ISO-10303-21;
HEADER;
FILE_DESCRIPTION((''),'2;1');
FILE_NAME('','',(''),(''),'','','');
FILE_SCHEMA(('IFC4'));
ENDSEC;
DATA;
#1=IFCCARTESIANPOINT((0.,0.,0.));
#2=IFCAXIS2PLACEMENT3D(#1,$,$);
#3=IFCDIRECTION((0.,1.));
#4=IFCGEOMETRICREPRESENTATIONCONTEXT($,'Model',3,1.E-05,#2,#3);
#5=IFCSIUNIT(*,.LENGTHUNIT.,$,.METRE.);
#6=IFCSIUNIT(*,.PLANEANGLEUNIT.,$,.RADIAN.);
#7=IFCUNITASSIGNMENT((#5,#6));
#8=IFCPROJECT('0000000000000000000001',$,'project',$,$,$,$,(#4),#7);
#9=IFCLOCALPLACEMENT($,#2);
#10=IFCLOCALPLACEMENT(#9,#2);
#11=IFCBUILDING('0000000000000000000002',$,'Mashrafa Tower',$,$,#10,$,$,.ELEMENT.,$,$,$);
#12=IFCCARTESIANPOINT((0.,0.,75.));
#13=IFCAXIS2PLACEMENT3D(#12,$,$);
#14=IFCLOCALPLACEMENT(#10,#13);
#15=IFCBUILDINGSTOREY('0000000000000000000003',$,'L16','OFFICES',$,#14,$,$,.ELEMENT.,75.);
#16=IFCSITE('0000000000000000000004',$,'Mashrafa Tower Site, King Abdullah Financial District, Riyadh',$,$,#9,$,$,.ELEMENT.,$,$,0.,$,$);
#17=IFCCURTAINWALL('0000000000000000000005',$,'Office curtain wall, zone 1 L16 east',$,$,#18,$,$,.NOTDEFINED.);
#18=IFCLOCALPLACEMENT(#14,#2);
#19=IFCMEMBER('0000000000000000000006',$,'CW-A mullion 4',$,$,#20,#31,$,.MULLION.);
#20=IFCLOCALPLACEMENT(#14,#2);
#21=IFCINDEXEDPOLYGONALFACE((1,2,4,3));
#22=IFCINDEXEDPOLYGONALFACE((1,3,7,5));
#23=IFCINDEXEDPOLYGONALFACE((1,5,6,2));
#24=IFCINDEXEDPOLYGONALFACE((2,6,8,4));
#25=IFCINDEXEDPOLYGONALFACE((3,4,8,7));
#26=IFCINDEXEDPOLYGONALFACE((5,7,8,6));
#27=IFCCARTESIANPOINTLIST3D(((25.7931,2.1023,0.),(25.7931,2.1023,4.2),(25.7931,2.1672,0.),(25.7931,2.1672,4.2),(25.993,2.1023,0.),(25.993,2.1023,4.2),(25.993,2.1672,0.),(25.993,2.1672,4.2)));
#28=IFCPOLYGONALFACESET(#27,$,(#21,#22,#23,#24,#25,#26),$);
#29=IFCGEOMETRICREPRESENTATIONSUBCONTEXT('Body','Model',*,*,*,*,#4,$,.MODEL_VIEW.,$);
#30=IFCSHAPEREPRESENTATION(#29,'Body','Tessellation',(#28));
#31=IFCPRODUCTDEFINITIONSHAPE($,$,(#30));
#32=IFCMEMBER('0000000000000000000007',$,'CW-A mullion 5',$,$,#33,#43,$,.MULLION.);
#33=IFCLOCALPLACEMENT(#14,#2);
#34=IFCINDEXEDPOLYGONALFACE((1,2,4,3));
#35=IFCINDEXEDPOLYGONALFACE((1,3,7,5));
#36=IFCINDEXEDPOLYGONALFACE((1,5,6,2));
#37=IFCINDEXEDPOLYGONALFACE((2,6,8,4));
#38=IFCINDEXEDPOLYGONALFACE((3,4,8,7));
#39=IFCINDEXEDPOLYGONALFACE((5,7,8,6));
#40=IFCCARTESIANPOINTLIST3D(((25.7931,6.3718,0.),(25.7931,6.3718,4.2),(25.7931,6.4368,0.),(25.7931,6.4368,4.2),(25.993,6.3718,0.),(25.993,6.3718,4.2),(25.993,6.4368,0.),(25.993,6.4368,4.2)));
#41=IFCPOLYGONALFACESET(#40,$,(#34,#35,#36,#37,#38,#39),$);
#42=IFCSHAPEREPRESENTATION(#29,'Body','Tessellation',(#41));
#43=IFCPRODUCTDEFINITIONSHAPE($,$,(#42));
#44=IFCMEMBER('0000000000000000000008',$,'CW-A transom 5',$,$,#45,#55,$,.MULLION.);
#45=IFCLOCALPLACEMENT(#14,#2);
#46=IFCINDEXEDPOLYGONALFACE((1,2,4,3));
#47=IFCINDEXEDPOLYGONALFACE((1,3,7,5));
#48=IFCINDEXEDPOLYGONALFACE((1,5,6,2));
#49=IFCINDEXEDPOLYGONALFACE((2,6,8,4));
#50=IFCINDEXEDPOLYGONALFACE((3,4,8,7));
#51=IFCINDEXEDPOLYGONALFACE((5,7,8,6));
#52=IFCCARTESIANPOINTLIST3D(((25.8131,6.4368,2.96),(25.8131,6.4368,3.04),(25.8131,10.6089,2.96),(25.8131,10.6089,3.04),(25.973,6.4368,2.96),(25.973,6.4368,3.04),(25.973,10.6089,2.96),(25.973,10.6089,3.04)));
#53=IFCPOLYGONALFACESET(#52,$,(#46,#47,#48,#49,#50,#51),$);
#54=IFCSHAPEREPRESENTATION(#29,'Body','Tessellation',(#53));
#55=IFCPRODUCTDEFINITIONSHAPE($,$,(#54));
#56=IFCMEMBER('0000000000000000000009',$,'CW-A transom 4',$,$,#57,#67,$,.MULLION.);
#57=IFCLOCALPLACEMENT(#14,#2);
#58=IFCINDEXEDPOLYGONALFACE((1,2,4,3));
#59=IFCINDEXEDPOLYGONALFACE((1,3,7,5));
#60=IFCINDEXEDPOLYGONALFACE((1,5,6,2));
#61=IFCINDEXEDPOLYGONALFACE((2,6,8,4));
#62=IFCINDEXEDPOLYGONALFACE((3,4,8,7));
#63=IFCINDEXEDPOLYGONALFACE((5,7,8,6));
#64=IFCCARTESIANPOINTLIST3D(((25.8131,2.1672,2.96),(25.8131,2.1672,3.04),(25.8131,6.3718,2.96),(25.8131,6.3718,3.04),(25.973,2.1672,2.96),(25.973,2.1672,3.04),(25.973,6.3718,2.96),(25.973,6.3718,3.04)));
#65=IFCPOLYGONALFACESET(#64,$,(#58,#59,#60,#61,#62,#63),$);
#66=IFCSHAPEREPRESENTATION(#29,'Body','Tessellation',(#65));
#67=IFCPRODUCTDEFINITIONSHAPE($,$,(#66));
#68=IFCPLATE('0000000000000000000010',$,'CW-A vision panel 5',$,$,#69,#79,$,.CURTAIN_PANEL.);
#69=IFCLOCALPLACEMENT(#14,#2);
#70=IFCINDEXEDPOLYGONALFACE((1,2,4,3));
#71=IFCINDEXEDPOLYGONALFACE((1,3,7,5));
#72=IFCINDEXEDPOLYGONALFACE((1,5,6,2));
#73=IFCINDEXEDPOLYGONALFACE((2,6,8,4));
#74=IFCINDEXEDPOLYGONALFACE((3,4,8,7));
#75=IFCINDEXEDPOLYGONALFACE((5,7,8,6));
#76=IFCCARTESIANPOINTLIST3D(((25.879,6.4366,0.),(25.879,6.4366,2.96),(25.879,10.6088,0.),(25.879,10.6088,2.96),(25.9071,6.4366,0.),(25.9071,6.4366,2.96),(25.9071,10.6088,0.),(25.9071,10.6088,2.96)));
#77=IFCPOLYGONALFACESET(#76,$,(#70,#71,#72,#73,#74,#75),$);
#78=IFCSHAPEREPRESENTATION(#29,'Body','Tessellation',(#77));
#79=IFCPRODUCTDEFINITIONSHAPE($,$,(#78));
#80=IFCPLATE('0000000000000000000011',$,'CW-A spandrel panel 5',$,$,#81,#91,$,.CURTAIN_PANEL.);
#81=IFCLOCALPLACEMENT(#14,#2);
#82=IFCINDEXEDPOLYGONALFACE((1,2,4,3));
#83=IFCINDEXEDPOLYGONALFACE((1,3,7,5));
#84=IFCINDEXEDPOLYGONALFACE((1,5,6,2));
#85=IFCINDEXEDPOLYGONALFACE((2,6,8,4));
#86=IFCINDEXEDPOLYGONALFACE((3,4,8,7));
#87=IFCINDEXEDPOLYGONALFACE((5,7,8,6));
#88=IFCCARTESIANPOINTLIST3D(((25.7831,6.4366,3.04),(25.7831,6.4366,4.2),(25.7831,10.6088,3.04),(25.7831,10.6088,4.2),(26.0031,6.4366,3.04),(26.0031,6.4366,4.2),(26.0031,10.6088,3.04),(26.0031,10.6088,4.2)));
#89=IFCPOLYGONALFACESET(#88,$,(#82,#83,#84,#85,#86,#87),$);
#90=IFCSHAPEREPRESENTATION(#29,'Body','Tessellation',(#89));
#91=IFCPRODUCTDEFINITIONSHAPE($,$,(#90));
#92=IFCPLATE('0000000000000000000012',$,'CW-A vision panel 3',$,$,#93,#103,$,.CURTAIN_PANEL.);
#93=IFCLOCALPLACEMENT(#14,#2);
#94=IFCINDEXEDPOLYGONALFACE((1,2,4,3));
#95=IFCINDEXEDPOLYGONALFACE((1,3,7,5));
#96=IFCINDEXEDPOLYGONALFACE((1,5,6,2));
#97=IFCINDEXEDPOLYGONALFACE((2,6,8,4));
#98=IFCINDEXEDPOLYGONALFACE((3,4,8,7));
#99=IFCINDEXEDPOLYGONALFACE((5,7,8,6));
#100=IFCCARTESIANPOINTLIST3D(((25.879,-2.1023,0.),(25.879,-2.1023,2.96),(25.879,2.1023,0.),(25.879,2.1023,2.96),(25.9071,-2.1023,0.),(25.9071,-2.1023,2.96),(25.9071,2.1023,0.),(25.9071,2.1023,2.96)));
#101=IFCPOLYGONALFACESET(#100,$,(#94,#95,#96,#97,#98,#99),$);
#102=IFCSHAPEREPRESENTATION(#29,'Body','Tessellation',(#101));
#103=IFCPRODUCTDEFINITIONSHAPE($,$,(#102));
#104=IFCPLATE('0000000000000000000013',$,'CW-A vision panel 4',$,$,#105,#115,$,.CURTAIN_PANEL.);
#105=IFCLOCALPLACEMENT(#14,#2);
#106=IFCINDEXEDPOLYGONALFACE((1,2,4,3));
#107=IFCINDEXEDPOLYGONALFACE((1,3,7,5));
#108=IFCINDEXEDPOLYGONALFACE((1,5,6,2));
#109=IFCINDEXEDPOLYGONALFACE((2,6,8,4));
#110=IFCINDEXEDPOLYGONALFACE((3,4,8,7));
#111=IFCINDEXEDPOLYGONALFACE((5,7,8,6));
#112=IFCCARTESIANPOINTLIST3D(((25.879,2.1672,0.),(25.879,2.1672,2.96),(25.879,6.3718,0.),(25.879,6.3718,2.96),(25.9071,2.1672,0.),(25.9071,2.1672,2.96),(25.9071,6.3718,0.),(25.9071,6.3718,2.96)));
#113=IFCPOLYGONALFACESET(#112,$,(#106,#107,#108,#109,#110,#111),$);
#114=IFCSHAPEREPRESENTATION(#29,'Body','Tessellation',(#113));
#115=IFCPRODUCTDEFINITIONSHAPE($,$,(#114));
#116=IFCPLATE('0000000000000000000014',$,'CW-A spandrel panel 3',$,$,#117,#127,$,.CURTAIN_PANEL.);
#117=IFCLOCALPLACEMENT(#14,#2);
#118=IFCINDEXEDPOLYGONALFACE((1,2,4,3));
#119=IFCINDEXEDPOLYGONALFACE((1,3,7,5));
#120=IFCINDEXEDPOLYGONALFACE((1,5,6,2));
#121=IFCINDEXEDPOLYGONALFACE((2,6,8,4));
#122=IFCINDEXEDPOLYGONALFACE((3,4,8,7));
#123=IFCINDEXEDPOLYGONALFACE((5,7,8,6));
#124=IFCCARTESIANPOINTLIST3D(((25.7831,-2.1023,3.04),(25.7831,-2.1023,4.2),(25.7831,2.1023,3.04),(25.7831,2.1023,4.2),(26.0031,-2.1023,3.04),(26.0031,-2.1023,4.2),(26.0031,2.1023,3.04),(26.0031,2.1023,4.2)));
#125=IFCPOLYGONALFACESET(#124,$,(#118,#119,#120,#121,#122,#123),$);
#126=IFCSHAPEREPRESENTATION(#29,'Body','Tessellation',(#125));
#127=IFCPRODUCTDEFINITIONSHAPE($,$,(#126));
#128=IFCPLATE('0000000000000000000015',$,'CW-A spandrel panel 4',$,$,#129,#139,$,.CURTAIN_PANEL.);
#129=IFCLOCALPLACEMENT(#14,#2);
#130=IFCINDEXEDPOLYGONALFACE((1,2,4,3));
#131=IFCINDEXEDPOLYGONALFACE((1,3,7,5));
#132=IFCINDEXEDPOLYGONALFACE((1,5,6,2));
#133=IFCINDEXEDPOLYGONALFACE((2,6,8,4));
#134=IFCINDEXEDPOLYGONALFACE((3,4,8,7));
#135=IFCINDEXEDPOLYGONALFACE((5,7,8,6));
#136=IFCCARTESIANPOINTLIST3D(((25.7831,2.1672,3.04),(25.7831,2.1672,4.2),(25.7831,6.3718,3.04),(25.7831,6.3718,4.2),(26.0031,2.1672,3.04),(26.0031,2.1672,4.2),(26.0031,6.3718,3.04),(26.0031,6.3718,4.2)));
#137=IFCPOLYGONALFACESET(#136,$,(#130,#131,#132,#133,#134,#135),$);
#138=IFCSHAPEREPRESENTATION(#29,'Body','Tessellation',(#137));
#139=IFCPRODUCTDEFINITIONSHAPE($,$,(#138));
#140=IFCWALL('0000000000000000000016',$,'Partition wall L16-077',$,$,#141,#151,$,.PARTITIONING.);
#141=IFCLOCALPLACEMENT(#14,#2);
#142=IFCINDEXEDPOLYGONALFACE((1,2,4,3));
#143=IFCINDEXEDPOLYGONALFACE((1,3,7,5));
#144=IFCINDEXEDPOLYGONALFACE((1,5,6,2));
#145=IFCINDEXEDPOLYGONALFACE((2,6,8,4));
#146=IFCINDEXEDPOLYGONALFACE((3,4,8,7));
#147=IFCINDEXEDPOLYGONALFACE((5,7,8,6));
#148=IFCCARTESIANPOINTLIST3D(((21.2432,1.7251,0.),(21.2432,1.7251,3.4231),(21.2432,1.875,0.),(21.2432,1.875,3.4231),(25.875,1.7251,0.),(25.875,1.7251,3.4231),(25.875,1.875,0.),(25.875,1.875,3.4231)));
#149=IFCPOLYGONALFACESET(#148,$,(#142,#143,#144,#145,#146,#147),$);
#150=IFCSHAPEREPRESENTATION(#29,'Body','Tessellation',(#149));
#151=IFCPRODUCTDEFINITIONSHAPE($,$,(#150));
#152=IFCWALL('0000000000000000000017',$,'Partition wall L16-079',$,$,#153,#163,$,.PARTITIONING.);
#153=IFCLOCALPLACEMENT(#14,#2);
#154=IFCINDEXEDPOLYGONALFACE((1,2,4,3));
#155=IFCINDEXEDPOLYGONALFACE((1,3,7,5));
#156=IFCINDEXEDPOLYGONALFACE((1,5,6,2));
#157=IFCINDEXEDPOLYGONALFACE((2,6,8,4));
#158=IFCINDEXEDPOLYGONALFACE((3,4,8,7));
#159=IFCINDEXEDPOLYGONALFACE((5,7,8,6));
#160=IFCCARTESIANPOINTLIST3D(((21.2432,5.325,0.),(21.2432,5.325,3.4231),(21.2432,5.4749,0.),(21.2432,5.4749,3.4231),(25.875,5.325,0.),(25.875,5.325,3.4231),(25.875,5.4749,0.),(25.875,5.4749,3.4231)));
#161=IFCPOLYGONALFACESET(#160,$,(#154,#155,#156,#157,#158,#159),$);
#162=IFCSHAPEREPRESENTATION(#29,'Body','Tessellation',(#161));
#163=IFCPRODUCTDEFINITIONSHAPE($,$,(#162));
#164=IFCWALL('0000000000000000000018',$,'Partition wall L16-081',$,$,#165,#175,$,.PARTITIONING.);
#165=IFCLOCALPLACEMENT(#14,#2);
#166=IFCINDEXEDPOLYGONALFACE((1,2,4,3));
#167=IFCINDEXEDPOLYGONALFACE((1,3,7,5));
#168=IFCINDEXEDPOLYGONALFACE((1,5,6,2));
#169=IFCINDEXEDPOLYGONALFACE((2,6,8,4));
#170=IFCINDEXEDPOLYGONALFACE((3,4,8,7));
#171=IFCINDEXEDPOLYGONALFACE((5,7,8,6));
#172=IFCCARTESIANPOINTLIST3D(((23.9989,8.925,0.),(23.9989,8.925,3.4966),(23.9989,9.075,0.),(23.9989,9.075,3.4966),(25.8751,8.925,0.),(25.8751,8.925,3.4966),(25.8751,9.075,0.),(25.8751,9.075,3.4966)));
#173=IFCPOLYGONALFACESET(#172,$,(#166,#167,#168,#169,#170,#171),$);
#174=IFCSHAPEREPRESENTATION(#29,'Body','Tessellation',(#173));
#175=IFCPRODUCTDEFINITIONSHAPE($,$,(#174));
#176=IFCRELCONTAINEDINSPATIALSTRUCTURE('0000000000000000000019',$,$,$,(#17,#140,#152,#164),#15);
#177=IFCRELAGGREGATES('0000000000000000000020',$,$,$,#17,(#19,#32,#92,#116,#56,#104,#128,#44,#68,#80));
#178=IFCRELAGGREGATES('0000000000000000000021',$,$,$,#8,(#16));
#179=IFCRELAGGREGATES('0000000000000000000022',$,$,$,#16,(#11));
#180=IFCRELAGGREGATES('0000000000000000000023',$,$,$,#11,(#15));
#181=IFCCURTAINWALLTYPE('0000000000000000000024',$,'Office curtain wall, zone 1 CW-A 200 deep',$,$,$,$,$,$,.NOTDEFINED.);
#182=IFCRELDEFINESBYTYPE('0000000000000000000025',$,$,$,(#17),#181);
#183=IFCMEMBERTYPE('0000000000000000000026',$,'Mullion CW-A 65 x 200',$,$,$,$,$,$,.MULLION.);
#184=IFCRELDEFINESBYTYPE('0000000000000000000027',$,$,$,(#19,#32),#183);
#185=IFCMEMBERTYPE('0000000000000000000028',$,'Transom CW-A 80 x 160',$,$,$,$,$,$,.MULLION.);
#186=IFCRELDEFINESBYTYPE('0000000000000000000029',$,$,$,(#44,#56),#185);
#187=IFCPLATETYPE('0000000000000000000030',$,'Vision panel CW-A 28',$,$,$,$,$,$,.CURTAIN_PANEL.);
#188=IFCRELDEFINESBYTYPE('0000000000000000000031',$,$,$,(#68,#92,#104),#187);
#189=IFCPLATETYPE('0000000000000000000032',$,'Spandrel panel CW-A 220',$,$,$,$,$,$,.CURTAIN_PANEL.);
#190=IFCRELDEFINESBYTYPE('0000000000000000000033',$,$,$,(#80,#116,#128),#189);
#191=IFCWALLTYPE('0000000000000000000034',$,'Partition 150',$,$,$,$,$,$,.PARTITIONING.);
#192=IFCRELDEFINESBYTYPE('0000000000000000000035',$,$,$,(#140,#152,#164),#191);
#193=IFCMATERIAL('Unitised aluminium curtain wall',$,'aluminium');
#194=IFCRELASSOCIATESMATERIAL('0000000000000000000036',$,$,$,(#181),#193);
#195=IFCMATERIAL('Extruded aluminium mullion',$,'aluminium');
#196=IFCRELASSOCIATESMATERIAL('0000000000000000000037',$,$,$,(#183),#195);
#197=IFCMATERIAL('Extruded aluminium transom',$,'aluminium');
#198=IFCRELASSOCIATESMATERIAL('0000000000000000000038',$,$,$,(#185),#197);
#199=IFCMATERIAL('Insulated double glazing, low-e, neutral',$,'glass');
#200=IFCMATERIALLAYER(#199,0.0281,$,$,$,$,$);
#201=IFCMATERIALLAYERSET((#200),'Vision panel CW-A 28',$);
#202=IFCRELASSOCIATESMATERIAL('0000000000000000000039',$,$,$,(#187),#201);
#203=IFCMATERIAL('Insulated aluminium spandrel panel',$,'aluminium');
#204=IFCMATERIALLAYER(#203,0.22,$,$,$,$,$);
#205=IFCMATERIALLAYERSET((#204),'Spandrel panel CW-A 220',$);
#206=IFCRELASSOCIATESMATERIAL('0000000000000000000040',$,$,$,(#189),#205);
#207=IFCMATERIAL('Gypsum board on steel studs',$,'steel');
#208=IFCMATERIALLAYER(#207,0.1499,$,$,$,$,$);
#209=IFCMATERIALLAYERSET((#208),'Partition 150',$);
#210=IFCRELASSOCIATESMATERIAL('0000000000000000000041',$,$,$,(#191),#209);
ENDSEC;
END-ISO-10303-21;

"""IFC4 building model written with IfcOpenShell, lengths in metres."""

from ifc_helpers import new_model, si_unit, direction, frame, frame_2d, origin, origin_2d, place, context, subcontext, project, spatial, rectangle, extrude, source, transform, mapped, material, layer, layer_set, material_profile, profile_set, type_object, type_shapes, element, aggregate, save


model = new_model("IFC4")

# Units and contexts
model_context = context("Model", 3, precision=1e-05, world=origin(), true_north=direction((0.0, 1.0)))
body_context = subcontext(model_context, "Body", "Model", "MODEL_VIEW")
ifc_project = project(units=[si_unit("LENGTHUNIT", "METRE"), si_unit("PLANEANGLEUNIT", "RADIAN")], contexts=[model_context])

# Site, building, storey
site_placement = place(None, origin())
site = spatial("IfcSite", under=ifc_project, at=site_placement, Name="Mashrafa Tower Site, King Abdullah Financial District, Riyadh", CompositionType="ELEMENT", RefElevation=0.0)
building_placement = place(site_placement, origin())
building = spatial("IfcBuilding", under=site, at=building_placement, Name="Mashrafa Tower", CompositionType="ELEMENT")
storey_placement = place(building_placement, frame((0.0, 0.0, 75.0)))
storey = spatial("IfcBuildingStorey", under=building, at=storey_placement, Name="L16", Description="OFFICES", CompositionType="ELEMENT", Elevation=75.0)

# Curtain wall, members, plates
ifc_material_1 = material(Name="Unitised aluminium curtain wall", Category="aluminium")
curtain_wall_type = type_object("IfcCurtainWallType", Name="Office curtain wall, zone 1 CW-A 200 deep", PredefinedType="NOTDEFINED", material=ifc_material_1)
curtain_wall_placement = place(storey_placement, origin())
curtain_wall = element("IfcCurtainWall", 1, at=curtain_wall_placement, inside=storey, type_object=curtain_wall_type, Name="Office curtain wall, zone 1 L16 east", PredefinedType="NOTDEFINED")
ifc_material_2 = material(Name="Extruded aluminium mullion", Category="aluminium")
ifc_material_profile_1 = material_profile(ifc_material_2, rectangle(XDim=0.2, YDim=0.0649, at=origin_2d()), Name="Mullion 65x200")
ifc_profile_set_1 = profile_set([ifc_material_profile_1], Name="Extruded aluminium mullion")
member_type_1 = type_object("IfcMemberType", Name="Mullion CW-A 65 x 200", PredefinedType="MULLION", material=ifc_profile_set_1)
shared_shape_1 = source(origin(), body_context, "Body", "SweptSolid", [
    extrude(rectangle(XDim=0.2, YDim=0.0649, at=origin_2d()), origin(), (0.0, 0.0, 1.0), 4.2),
])
type_shapes(member_type_1, [shared_shape_1])
member_1_placement = place(storey_placement, frame((25.8931, 2.1348, 0.0), z_axis=(0.0, 0.0, 1.0), x_axis=(-1.0, 0.0, 0.0)))
member_1 = element("IfcMember", 2, at=member_1_placement, type_object=member_type_1, Name="CW-A mullion 4", PredefinedType="MULLION", context=body_context, shape_type="MappedRepresentation", body=[
    mapped(shared_shape_1, transform((0.0, 0.0, 0.0))),
])
member_2_placement = place(storey_placement, frame((25.8931, 6.4043, 0.0), z_axis=(0.0, 0.0, 1.0), x_axis=(-1.0, 0.0, 0.0)))
member_2 = element("IfcMember", 3, at=member_2_placement, type_object=member_type_1, Name="CW-A mullion 5", PredefinedType="MULLION", context=body_context, shape_type="MappedRepresentation", body=[
    mapped(shared_shape_1, transform((0.0, 0.0, 0.0))),
])
ifc_material_3 = material(Name="Extruded aluminium transom", Category="aluminium")
ifc_material_profile_2 = material_profile(ifc_material_3, rectangle(XDim=0.1599, YDim=0.0801, at=origin_2d()), Name="Transom 80x160")
ifc_profile_set_2 = profile_set([ifc_material_profile_2], Name="Extruded aluminium transom")
member_type_2 = type_object("IfcMemberType", Name="Transom CW-A 80 x 160", PredefinedType="MULLION", material=ifc_profile_set_2)
shared_shape_2 = source(origin(), body_context, "Body", "SweptSolid", [
    extrude(rectangle(XDim=0.1599, YDim=0.0801, at=origin_2d()), origin(), (0.0, 0.0, 1.0), 4.1721),
])
member_3_placement = place(storey_placement, frame((25.8931, 6.4368, 3.0), z_axis=(0.0, 1.0, 0.0), x_axis=(-1.0, 0.0, 0.0)))
member_3 = element("IfcMember", 4, at=member_3_placement, type_object=member_type_2, Name="CW-A transom 5", PredefinedType="MULLION", context=body_context, shape_type="MappedRepresentation", body=[
    mapped(shared_shape_2, transform((0.0, 0.0, 0.0))),
])
shared_shape_3 = source(origin(), body_context, "Body", "SweptSolid", [
    extrude(rectangle(XDim=0.1599, YDim=0.0801, at=origin_2d()), origin(), (0.0, 0.0, 1.0), 4.2046),
])
type_shapes(member_type_2, [shared_shape_2, shared_shape_3])
member_4_placement = place(storey_placement, frame((25.8931, 2.1672, 3.0), z_axis=(0.0, 1.0, 0.0), x_axis=(-1.0, 0.0, 0.0)))
member_4 = element("IfcMember", 5, at=member_4_placement, type_object=member_type_2, Name="CW-A transom 4", PredefinedType="MULLION", context=body_context, shape_type="MappedRepresentation", body=[
    mapped(shared_shape_3, transform((0.0, 0.0, 0.0))),
])
ifc_material_4 = material(Name="Insulated double glazing, low-e, neutral", Category="glass")
ifc_layer_1 = layer(ifc_material_4, 0.0281)
ifc_layer_set_1 = layer_set([ifc_layer_1], Name="Vision panel CW-A 28")
plate_type_1 = type_object("IfcPlateType", Name="Vision panel CW-A 28", PredefinedType="CURTAIN_PANEL", material=ifc_layer_set_1)
shared_shape_4 = source(origin(), body_context, "Body", "SweptSolid", [
    extrude(rectangle(XDim=4.1721, YDim=0.0281, at=origin_2d()), origin(), (0.0, 0.0, 1.0), 2.96),
])
plate_1_placement = place(storey_placement, frame((25.8931, 8.5227, 0.0), z_axis=(0.0, 0.0, 1.0), x_axis=(0.0, 1.0, 0.0)))
plate_1 = element("IfcPlate", 6, at=plate_1_placement, type_object=plate_type_1, Name="CW-A vision panel 5", PredefinedType="CURTAIN_PANEL", context=body_context, shape_type="MappedRepresentation", body=[
    mapped(shared_shape_4, transform((0.0, 0.0, 0.0))),
])
ifc_material_5 = material(Name="Insulated aluminium spandrel panel", Category="aluminium")
ifc_layer_2 = layer(ifc_material_5, 0.22)
ifc_layer_set_2 = layer_set([ifc_layer_2], Name="Spandrel panel CW-A 220")
plate_type_2 = type_object("IfcPlateType", Name="Spandrel panel CW-A 220", PredefinedType="CURTAIN_PANEL", material=ifc_layer_set_2)
shared_shape_5 = source(origin(), body_context, "Body", "SweptSolid", [
    extrude(rectangle(XDim=4.1721, YDim=0.22, at=origin_2d()), origin(), (0.0, 0.0, 1.0), 1.1599),
])
plate_2_placement = place(storey_placement, frame((25.8931, 8.5227, 3.04), z_axis=(0.0, 0.0, 1.0), x_axis=(0.0, 1.0, 0.0)))
plate_2 = element("IfcPlate", 7, at=plate_2_placement, type_object=plate_type_2, Name="CW-A spandrel panel 5", PredefinedType="CURTAIN_PANEL", context=body_context, shape_type="MappedRepresentation", body=[
    mapped(shared_shape_5, transform((0.0, 0.0, 0.0))),
])
shared_shape_6 = source(origin(), body_context, "Body", "SweptSolid", [
    extrude(rectangle(XDim=4.2046, YDim=0.0281, at=origin_2d()), origin(), (0.0, 0.0, 1.0), 2.96),
])
type_shapes(plate_type_1, [shared_shape_4, shared_shape_6])
plate_3_placement = place(storey_placement, frame((25.8931, 0.0, 0.0), z_axis=(0.0, 0.0, 1.0), x_axis=(0.0, 1.0, 0.0)))
plate_3 = element("IfcPlate", 8, at=plate_3_placement, type_object=plate_type_1, Name="CW-A vision panel 3", PredefinedType="CURTAIN_PANEL", context=body_context, shape_type="MappedRepresentation", body=[
    mapped(shared_shape_6, transform((0.0, 0.0, 0.0))),
])
plate_4_placement = place(storey_placement, frame((25.8931, 4.2695, 0.0), z_axis=(0.0, 0.0, 1.0), x_axis=(0.0, 1.0, 0.0)))
plate_4 = element("IfcPlate", 9, at=plate_4_placement, type_object=plate_type_1, Name="CW-A vision panel 4", PredefinedType="CURTAIN_PANEL", context=body_context, shape_type="MappedRepresentation", body=[
    mapped(shared_shape_6, transform((0.0, 0.0, 0.0))),
])
shared_shape_7 = source(origin(), body_context, "Body", "SweptSolid", [
    extrude(rectangle(XDim=4.2046, YDim=0.22, at=origin_2d()), origin(), (0.0, 0.0, 1.0), 1.1599),
])
type_shapes(plate_type_2, [shared_shape_5, shared_shape_7])
plate_5_placement = place(storey_placement, frame((25.8931, 0.0, 3.04), z_axis=(0.0, 0.0, 1.0), x_axis=(0.0, 1.0, 0.0)))
plate_5 = element("IfcPlate", 10, at=plate_5_placement, type_object=plate_type_2, Name="CW-A spandrel panel 3", PredefinedType="CURTAIN_PANEL", context=body_context, shape_type="MappedRepresentation", body=[
    mapped(shared_shape_7, transform((0.0, 0.0, 0.0))),
])
plate_6_placement = place(storey_placement, frame((25.8931, 4.2695, 3.04), z_axis=(0.0, 0.0, 1.0), x_axis=(0.0, 1.0, 0.0)))
plate_6 = element("IfcPlate", 11, at=plate_6_placement, type_object=plate_type_2, Name="CW-A spandrel panel 4", PredefinedType="CURTAIN_PANEL", context=body_context, shape_type="MappedRepresentation", body=[
    mapped(shared_shape_7, transform((0.0, 0.0, 0.0))),
])
aggregate(curtain_wall, [member_1, member_2, plate_3, plate_5, member_4, plate_4, plate_6, member_3, plate_1, plate_2])

# Walls
ifc_material_6 = material(Name="Gypsum board on steel studs", Category="steel")
ifc_layer_3 = layer(ifc_material_6, 0.1499)
ifc_layer_set_3 = layer_set([ifc_layer_3], Name="Partition 150")
wall_type = type_object("IfcWallType", Name="Partition 150", PredefinedType="PARTITIONING", material=ifc_layer_set_3)
for number, where, z_axis, x_axis, name in (
    (12, (25.875, 1.8, 0.0), (0.0, 0.0, 1.0), (-1.0, 0.0, 0.0), "Partition wall L16-077"),
    (13, (25.875, 5.3999, 0.0), (0.0, 0.0, 1.0), (-1.0, 0.0, 0.0), "Partition wall L16-079"),
):
    element("IfcWall", number, at=place(storey_placement, frame(where, z_axis=z_axis, x_axis=x_axis)), inside=storey, type_object=wall_type, Name=name, PredefinedType="PARTITIONING", context=body_context, shape_type="SweptSolid", body=[
        extrude(rectangle(XDim=4.6318, YDim=0.1499, at=frame_2d((2.3159, 0.0))), origin(), (0.0, 0.0, 1.0), 3.4231),
    ])
wall_placement = place(storey_placement, frame((25.875, 9.0, 0.0), z_axis=(0.0, 0.0, 1.0), x_axis=(-1.0, 0.0, 0.0)))
element("IfcWall", 14, at=wall_placement, inside=storey, type_object=wall_type, Name="Partition wall L16-081", PredefinedType="PARTITIONING", context=body_context, shape_type="SweptSolid", body=[
    extrude(rectangle(XDim=1.8762, YDim=0.1499, at=frame_2d((0.938, 0.0))), origin(), (0.0, 0.0, 1.0), 3.4966),
])

save(model, "model.ifc")
